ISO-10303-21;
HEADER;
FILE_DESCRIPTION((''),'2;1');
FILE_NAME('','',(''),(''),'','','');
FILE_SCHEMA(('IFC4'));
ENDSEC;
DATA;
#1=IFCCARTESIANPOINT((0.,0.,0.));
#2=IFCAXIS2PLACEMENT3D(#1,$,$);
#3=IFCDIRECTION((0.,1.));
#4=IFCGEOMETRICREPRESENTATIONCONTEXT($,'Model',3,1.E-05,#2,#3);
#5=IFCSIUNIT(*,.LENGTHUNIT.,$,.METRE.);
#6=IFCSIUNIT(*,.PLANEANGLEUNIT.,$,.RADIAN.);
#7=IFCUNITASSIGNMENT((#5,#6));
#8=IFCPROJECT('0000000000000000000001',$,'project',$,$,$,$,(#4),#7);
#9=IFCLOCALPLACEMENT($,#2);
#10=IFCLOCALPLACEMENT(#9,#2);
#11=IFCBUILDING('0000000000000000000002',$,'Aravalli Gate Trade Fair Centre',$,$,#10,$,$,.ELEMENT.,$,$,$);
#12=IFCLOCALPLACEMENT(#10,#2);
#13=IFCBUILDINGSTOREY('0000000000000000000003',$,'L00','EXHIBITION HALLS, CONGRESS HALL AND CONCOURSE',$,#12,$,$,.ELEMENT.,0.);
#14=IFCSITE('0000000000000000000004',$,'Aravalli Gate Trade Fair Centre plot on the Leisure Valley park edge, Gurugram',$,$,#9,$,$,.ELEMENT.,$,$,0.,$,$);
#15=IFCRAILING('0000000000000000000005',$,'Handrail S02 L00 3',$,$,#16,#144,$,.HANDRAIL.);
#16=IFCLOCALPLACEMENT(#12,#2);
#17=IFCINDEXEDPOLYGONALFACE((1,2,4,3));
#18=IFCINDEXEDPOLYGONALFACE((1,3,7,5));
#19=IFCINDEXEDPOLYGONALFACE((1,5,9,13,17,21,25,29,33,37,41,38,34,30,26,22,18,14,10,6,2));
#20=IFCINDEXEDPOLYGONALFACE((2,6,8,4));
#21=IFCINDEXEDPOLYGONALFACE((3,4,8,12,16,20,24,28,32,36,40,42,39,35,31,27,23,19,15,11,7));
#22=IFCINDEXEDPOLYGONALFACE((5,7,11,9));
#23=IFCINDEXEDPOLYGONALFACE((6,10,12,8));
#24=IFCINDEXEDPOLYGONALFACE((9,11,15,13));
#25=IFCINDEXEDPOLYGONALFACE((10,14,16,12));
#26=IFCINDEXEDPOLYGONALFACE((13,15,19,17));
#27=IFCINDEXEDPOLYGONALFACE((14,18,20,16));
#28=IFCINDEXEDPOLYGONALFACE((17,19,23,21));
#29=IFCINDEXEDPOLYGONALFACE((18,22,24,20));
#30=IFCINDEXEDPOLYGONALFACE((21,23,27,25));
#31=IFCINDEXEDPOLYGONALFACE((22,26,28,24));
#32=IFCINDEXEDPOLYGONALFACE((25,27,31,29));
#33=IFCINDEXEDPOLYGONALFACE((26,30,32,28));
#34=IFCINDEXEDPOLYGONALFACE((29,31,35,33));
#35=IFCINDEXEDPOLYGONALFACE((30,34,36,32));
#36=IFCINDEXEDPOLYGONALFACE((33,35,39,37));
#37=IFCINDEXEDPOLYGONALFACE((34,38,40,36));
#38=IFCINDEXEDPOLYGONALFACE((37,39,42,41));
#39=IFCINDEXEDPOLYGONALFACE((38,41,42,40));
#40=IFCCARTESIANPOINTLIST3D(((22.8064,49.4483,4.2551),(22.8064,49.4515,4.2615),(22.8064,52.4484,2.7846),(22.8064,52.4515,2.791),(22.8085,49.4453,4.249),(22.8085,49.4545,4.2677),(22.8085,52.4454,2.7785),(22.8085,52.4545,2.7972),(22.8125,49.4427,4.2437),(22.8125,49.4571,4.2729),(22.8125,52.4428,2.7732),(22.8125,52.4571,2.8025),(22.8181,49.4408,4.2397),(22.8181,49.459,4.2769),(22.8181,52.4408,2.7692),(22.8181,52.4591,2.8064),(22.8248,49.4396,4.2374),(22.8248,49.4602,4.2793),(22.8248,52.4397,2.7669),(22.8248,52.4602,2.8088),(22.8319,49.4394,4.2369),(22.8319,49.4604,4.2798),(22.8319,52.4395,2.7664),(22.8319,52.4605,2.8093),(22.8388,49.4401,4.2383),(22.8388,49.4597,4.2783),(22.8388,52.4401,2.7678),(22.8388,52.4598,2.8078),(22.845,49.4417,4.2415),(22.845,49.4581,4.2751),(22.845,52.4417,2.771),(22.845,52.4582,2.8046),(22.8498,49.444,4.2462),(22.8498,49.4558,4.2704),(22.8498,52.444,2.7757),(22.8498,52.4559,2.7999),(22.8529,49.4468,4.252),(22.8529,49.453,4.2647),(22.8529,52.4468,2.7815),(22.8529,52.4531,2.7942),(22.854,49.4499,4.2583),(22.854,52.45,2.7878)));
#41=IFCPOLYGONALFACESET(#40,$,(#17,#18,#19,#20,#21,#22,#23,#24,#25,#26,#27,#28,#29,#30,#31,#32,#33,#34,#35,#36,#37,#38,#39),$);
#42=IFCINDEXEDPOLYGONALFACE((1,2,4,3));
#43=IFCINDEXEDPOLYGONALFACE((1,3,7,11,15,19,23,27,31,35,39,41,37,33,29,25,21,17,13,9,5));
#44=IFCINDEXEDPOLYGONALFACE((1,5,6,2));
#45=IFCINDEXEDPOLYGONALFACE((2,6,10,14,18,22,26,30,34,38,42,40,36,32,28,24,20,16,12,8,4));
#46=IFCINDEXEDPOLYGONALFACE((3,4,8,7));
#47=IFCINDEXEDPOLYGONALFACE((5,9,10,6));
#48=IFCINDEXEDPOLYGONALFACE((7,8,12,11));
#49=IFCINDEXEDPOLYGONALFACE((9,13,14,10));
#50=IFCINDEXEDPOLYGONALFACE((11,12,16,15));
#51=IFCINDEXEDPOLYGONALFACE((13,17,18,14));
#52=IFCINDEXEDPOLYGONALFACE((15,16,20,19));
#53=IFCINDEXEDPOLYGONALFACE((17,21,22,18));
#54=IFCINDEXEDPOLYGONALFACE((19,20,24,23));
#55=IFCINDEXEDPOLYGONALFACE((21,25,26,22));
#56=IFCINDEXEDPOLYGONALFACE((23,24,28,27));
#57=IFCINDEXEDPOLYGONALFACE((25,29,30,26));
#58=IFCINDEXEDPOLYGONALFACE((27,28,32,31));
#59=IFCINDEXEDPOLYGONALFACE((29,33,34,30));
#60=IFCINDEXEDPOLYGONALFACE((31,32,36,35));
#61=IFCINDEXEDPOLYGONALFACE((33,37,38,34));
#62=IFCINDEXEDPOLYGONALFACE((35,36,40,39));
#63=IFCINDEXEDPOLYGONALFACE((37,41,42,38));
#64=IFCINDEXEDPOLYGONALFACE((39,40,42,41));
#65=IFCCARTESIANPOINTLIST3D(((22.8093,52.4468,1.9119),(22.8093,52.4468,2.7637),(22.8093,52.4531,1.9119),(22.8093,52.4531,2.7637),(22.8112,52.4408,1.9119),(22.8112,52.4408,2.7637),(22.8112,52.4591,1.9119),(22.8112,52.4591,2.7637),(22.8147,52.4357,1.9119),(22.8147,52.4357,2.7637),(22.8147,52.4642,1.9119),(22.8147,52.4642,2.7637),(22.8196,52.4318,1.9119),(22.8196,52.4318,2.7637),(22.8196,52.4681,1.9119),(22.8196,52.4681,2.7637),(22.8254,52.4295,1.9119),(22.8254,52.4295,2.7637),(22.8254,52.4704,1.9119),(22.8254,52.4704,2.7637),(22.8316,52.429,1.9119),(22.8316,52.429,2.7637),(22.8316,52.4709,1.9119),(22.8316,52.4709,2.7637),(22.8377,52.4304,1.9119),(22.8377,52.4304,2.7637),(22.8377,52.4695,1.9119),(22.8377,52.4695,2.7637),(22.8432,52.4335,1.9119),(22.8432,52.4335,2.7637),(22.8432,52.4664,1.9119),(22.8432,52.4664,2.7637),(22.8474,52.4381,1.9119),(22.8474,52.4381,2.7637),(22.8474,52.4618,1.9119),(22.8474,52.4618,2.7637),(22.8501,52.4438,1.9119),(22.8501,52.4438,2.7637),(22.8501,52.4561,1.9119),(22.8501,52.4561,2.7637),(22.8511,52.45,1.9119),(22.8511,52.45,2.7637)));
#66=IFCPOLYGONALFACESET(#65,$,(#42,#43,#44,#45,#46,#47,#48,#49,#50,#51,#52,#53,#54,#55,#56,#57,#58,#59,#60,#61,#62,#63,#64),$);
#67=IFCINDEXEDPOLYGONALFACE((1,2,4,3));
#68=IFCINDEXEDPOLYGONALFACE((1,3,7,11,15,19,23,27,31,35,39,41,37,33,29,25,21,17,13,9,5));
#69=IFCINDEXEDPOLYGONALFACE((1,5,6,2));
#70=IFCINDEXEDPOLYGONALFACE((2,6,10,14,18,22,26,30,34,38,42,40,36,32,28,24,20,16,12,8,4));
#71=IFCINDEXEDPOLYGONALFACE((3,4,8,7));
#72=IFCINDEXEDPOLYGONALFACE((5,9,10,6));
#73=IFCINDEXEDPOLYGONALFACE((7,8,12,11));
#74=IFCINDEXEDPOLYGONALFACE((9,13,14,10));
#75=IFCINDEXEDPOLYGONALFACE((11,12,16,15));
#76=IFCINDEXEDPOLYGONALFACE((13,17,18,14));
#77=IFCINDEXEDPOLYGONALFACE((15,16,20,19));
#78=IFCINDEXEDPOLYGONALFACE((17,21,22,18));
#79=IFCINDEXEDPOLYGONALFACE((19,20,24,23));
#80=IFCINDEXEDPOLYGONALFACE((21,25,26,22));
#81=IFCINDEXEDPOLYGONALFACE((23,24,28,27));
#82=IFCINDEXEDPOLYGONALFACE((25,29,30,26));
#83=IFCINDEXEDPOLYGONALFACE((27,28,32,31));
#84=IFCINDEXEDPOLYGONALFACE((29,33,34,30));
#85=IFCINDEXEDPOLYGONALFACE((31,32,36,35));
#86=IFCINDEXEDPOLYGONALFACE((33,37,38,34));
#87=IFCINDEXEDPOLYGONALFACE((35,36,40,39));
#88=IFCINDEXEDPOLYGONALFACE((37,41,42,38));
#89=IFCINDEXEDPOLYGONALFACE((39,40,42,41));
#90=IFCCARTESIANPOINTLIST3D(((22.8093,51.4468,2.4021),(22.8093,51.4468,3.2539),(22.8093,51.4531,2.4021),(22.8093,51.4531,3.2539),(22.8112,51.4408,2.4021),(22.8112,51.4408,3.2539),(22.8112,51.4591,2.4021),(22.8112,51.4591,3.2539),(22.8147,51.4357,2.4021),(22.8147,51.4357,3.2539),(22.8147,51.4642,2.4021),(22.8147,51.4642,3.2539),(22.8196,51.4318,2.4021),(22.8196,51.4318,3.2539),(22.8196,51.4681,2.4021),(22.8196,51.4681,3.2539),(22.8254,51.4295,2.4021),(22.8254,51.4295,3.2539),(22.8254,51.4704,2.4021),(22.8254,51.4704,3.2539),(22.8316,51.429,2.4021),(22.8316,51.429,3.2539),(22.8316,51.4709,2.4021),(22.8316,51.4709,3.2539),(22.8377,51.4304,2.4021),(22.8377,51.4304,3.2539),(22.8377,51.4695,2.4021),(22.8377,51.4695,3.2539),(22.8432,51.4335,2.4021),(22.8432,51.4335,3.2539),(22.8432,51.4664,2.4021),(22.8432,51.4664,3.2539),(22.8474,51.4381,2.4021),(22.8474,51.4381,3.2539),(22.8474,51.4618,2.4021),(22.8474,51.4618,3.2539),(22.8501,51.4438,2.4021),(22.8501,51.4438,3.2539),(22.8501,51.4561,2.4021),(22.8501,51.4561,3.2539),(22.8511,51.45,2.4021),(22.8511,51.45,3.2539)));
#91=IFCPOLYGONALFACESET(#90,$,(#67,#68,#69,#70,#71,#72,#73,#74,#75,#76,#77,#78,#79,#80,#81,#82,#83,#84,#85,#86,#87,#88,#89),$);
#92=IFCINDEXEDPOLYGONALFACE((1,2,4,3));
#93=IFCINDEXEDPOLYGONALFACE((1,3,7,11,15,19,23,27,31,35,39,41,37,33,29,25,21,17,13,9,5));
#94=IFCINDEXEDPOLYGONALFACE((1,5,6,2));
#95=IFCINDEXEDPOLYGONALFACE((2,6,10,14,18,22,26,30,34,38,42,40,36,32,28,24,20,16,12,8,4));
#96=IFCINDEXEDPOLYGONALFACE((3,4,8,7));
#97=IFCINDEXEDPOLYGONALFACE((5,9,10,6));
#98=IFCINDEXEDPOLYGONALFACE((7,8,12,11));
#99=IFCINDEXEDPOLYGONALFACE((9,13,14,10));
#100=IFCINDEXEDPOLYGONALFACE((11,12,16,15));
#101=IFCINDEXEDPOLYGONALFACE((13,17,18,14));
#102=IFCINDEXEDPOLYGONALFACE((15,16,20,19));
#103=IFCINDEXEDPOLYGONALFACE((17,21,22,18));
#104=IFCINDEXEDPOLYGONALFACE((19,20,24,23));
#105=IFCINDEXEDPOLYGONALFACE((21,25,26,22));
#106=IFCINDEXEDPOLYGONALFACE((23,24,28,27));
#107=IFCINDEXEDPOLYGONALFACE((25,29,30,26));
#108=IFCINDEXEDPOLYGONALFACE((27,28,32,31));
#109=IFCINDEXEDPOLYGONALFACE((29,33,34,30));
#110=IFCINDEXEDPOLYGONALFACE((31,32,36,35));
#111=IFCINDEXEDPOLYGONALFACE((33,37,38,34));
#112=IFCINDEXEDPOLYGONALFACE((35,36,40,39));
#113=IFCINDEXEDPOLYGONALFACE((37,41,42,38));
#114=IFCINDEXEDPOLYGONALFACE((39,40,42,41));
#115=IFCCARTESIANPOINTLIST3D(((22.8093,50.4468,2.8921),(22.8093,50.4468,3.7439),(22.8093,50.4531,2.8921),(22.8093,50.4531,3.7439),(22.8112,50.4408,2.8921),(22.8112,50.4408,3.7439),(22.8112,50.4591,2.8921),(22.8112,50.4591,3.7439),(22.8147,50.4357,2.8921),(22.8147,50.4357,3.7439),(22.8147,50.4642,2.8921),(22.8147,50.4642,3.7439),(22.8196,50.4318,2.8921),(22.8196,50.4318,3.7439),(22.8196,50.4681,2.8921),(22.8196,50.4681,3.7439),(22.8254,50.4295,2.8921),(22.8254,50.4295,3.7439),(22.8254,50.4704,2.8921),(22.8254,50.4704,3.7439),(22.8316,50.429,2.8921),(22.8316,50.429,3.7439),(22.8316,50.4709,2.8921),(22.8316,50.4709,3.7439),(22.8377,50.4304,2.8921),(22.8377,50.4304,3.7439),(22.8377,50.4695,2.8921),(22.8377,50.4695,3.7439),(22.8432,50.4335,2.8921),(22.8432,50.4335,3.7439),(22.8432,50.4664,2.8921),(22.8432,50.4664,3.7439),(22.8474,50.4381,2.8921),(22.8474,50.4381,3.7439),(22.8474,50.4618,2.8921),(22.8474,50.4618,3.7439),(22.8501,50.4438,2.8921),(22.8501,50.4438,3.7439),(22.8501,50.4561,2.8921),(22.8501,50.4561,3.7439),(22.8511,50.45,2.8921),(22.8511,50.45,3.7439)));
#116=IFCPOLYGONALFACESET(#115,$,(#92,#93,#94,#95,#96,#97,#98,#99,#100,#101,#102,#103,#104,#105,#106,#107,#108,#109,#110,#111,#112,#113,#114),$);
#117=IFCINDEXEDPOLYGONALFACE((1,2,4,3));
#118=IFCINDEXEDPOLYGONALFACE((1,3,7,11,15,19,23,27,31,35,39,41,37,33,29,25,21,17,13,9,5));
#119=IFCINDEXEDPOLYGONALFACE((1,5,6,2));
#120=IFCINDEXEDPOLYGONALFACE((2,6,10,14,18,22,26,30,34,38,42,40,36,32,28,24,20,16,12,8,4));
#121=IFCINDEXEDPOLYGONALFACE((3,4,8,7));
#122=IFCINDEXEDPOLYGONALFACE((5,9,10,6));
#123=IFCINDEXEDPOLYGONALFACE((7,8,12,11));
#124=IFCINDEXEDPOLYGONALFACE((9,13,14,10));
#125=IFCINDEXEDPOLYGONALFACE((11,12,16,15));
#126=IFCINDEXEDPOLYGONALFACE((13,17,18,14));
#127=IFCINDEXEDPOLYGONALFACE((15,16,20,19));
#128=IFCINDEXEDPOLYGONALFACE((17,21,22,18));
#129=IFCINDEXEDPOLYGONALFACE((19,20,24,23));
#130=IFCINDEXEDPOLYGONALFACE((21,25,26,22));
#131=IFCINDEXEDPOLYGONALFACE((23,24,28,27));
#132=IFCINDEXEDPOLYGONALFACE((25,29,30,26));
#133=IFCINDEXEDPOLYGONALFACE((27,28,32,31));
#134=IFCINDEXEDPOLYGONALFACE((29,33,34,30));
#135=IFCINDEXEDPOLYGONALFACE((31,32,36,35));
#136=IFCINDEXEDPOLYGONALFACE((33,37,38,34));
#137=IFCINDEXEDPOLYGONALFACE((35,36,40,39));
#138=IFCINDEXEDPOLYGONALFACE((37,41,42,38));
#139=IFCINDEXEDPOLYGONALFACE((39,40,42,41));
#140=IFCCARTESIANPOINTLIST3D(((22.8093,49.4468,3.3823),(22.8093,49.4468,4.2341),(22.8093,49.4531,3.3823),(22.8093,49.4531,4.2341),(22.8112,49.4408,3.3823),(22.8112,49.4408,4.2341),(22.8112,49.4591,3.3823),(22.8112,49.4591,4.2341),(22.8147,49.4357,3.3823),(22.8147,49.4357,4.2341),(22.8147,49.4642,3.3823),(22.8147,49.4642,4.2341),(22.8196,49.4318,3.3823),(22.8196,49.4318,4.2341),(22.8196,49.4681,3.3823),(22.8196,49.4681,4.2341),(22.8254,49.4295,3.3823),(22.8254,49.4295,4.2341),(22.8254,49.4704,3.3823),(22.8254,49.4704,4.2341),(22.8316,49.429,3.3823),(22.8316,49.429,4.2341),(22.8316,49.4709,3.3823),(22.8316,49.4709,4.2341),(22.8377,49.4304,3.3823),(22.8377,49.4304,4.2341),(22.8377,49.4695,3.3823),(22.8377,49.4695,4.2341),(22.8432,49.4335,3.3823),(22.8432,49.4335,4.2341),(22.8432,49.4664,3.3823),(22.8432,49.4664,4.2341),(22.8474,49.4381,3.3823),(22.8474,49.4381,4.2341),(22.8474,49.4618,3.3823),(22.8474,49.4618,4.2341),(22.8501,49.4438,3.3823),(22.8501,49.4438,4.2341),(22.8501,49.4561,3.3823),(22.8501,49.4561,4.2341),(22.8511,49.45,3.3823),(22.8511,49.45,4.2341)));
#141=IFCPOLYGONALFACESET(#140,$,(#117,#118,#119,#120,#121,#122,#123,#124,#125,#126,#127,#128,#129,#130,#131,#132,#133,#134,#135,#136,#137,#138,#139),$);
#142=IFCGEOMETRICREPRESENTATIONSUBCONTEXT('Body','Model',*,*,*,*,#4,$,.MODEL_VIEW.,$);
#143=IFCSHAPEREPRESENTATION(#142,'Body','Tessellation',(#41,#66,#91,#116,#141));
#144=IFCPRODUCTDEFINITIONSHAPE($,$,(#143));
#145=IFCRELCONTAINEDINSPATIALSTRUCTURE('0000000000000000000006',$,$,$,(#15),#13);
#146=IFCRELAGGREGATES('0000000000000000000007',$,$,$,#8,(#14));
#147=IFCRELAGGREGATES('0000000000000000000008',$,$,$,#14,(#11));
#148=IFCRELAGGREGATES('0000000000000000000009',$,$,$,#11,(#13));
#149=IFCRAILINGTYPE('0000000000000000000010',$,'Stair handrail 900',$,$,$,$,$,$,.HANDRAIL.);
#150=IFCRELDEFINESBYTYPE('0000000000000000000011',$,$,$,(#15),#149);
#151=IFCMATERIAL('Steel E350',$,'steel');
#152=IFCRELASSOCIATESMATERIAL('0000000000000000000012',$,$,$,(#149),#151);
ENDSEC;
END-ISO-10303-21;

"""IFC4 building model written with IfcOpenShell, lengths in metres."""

from ifc_helpers import new_model, si_unit, direction, frame, origin, origin_2d, place, context, subcontext, project, spatial, circle, extrude, material, type_object, element, save


model = new_model("IFC4")

# Units and contexts
model_context = context("Model", 3, precision=1e-05, world=origin(), true_north=direction((0.0, 1.0)))
body_context = subcontext(model_context, "Body", "Model", "MODEL_VIEW")
ifc_project = project(units=[si_unit("LENGTHUNIT", "METRE"), si_unit("PLANEANGLEUNIT", "RADIAN")], contexts=[model_context])

# Site, building, storey
site_placement = place(None, origin())
site = spatial("IfcSite", under=ifc_project, at=site_placement, Name="Aravalli Gate Trade Fair Centre plot on the Leisure Valley park edge, Gurugram", CompositionType="ELEMENT", RefElevation=0.0)
building_placement = place(site_placement, origin())
building = spatial("IfcBuilding", under=site, at=building_placement, Name="Aravalli Gate Trade Fair Centre", CompositionType="ELEMENT")
storey_placement = place(building_placement, origin())
storey = spatial("IfcBuildingStorey", under=building, at=storey_placement, Name="L00", Description="EXHIBITION HALLS, CONGRESS HALL AND CONCOURSE", CompositionType="ELEMENT", Elevation=0.0)

# Railing
ifc_material_1 = material(Name="Steel E350", Category="steel")
railing_type = type_object("IfcRailingType", Name="Stair handrail 900", PredefinedType="HANDRAIL", material=ifc_material_1)
for number, where, name in (
    (1, (22.8301, 52.45, 1.9119), "Handrail S02 L00 3"),
):
    element("IfcRailing", number, at=place(storey_placement, frame(where)), inside=storey, type_object=railing_type, Name=name, PredefinedType="HANDRAIL", context=body_context, shape_type="SweptSolid", body=[
        extrude(circle(Radius=0.0239, at=origin_2d()), frame((0.0, 0.0, 0.876), z_axis=(0.0, -0.897936, 0.440126), x_axis=(1.0, 0.0, 0.0)), (0.0, 0.0, 1.0), 3.3411),
        extrude(circle(Radius=0.021, at=origin_2d()), origin(), (0.0, 0.0, 1.0), 0.8518),
        extrude(circle(Radius=0.021, at=origin_2d()), frame((0.0, -1.0, 0.4902)), (0.0, 0.0, 1.0), 0.8518),
        extrude(circle(Radius=0.021, at=origin_2d()), frame((0.0, -2.0, 0.9802)), (0.0, 0.0, 1.0), 0.8518),
        extrude(circle(Radius=0.021, at=origin_2d()), frame((0.0, -3.0, 1.4705)), (0.0, 0.0, 1.0), 0.8518),
    ])

save(model, "model.ifc")
